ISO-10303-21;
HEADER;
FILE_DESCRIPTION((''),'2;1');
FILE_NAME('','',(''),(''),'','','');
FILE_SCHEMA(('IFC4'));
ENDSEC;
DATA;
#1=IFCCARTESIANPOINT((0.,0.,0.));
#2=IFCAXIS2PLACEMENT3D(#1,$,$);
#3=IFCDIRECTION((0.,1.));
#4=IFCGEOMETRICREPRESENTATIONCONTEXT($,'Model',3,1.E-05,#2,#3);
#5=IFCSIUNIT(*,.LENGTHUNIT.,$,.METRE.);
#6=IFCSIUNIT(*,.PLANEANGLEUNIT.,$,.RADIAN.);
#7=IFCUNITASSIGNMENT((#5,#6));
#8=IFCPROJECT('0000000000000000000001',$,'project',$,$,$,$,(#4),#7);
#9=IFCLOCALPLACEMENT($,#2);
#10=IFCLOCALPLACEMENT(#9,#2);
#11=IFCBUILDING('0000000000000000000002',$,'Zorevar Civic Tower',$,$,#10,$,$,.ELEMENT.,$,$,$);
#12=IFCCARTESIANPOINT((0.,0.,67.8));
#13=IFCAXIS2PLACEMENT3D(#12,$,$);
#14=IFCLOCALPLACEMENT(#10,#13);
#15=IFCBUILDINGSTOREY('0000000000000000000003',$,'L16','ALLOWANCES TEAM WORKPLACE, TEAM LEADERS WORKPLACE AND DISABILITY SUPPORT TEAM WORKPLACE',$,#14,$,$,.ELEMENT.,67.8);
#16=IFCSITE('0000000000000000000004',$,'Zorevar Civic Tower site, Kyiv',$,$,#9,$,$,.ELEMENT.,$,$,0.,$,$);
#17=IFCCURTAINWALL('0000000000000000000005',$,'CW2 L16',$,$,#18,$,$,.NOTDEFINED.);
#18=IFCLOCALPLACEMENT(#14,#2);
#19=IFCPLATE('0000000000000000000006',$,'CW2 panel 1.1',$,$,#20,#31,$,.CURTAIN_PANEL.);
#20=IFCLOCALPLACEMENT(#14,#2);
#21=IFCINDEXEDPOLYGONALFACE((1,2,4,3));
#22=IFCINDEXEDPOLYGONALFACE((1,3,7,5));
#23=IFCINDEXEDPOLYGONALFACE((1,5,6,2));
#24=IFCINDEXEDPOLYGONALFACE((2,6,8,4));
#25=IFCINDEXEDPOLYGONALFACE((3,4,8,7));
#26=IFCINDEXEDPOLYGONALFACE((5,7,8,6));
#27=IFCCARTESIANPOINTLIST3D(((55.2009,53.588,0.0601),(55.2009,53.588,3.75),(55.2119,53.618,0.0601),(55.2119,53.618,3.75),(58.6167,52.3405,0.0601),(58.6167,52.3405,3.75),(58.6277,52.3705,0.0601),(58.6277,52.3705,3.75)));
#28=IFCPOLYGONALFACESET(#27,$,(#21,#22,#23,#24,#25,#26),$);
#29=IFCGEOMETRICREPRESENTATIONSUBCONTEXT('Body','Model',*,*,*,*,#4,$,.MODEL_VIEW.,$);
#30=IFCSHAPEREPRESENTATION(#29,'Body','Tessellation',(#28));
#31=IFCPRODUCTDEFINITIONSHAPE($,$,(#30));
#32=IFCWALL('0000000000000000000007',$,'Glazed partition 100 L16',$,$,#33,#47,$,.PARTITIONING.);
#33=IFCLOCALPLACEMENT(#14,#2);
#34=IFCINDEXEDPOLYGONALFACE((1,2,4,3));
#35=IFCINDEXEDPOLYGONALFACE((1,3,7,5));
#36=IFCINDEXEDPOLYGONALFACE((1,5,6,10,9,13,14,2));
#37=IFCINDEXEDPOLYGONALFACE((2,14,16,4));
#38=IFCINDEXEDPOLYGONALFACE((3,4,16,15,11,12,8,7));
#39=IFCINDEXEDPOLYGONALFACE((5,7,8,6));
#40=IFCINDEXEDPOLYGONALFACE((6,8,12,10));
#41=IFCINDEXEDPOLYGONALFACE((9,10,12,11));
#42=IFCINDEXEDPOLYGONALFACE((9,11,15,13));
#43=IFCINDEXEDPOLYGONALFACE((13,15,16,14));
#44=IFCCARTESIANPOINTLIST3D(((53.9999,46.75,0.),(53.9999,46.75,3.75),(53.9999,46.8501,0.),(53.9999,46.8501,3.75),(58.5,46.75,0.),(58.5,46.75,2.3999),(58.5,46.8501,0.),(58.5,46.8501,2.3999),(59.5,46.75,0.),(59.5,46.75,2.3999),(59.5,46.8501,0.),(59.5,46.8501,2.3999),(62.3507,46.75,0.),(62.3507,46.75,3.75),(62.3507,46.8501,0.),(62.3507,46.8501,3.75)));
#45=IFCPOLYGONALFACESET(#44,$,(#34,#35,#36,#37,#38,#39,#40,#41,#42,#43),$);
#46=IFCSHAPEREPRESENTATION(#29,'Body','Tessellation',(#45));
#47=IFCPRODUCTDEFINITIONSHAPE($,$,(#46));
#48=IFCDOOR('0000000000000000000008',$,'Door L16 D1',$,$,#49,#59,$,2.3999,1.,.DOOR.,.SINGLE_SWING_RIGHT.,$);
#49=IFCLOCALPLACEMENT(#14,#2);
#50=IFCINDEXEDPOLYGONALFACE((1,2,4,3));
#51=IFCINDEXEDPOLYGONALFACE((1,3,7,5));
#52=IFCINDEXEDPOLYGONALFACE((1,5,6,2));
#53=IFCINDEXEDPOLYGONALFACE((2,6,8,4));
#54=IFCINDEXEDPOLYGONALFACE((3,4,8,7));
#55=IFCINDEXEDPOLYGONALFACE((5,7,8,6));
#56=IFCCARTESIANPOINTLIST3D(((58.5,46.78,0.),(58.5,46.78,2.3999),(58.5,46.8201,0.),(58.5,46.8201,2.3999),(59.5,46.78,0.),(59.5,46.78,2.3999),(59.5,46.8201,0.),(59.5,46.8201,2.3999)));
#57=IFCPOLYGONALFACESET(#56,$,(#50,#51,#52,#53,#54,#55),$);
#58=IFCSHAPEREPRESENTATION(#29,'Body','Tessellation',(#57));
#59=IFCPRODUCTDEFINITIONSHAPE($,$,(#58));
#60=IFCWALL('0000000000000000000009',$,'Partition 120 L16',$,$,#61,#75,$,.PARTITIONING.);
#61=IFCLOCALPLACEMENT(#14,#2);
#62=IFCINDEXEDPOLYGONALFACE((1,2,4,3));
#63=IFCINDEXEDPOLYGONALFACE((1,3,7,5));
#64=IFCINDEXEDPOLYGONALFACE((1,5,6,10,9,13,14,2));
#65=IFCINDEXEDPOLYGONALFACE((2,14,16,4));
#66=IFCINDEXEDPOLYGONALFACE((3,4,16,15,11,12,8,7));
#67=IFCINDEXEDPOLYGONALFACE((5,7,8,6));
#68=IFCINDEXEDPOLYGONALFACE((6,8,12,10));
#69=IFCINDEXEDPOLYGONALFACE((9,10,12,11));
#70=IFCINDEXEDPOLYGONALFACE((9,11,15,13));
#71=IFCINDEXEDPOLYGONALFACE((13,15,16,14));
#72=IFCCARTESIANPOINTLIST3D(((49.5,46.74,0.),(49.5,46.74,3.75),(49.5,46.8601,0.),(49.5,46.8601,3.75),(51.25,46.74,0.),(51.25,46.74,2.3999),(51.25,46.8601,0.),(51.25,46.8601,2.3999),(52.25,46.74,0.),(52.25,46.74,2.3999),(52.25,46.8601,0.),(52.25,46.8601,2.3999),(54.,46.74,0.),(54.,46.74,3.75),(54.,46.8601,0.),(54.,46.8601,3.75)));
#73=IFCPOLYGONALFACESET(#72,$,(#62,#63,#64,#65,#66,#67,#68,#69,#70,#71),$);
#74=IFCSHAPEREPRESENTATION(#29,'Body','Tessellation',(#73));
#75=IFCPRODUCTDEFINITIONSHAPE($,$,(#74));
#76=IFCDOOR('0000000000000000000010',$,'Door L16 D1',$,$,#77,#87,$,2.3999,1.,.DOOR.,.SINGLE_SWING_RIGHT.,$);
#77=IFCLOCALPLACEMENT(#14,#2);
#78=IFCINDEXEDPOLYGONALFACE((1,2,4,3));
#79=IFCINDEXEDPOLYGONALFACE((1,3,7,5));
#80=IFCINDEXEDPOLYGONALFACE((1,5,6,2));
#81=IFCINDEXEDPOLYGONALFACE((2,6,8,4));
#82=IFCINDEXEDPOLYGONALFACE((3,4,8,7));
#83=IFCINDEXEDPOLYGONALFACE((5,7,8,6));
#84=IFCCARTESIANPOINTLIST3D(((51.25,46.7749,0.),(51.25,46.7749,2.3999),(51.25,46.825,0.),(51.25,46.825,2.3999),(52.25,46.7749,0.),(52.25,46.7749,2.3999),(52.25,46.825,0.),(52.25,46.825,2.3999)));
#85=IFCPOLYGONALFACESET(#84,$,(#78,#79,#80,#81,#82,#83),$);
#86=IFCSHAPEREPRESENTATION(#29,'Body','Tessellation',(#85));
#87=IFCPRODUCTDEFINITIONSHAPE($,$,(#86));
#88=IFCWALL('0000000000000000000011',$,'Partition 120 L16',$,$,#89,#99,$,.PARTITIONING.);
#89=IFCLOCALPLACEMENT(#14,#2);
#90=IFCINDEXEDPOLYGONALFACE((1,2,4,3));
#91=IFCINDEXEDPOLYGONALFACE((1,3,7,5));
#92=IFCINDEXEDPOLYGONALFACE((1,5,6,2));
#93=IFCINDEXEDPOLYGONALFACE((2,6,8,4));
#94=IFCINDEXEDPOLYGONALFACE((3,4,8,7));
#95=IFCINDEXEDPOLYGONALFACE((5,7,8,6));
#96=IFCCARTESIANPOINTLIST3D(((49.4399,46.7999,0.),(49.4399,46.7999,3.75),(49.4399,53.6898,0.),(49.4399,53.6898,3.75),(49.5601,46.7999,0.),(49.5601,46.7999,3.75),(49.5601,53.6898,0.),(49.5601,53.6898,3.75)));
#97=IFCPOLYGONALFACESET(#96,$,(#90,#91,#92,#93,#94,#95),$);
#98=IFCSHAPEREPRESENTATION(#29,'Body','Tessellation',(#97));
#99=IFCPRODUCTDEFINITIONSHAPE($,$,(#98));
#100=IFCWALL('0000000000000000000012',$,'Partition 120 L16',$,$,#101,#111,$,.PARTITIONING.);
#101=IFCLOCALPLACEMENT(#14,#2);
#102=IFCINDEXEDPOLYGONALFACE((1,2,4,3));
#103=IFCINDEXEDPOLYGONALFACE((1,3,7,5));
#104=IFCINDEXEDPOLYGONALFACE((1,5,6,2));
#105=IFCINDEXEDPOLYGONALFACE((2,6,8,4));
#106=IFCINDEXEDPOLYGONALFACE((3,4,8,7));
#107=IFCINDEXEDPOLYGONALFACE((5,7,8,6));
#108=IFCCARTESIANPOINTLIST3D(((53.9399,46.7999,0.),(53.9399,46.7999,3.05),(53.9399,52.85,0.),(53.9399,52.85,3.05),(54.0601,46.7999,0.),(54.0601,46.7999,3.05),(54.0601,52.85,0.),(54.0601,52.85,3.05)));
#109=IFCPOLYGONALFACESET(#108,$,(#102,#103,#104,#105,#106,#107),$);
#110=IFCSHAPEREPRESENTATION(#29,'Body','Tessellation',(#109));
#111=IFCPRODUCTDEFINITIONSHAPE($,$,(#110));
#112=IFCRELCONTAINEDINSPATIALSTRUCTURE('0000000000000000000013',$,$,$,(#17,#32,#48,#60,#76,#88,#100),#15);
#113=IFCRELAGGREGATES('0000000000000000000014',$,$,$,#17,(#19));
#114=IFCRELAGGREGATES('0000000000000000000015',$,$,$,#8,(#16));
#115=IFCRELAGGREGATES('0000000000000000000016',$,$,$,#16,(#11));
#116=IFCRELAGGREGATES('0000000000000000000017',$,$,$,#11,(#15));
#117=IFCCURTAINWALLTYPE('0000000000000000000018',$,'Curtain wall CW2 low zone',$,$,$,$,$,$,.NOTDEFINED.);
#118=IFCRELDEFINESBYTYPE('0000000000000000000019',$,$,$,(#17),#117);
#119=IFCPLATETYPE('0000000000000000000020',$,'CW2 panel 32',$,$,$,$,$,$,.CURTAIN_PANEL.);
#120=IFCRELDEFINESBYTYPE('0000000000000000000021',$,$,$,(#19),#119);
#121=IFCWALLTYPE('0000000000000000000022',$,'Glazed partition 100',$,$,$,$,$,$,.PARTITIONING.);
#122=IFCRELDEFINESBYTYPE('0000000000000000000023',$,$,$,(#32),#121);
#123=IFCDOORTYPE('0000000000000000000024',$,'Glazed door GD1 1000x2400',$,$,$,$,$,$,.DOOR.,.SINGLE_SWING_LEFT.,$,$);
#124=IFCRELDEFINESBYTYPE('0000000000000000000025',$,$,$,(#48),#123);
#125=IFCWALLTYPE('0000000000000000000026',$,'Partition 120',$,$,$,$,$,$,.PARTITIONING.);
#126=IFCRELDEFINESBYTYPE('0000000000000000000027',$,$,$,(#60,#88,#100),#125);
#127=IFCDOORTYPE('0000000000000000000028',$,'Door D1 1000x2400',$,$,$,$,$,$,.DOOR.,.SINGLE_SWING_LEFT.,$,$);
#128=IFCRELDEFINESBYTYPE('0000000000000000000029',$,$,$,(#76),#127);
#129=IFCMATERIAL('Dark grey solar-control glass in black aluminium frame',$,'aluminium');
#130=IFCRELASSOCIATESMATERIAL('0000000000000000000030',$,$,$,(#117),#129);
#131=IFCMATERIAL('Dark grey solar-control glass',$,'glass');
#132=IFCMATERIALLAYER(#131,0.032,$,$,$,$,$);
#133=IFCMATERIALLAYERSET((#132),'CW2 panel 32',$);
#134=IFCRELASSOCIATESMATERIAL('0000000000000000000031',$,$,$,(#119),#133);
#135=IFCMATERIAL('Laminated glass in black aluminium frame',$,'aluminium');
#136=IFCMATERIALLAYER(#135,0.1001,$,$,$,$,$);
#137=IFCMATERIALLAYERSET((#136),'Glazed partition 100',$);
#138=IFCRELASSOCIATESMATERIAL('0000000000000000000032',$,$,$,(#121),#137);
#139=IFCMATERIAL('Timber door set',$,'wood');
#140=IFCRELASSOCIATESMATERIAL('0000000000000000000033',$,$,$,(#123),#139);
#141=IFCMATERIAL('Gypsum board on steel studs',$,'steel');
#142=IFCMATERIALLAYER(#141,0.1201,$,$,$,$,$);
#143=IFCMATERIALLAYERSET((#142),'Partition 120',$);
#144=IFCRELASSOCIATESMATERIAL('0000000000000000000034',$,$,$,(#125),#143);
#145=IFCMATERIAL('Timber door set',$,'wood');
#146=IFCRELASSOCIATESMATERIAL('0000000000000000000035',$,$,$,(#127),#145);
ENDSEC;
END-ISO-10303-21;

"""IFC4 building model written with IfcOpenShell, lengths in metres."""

from ifc_helpers import new_model, si_unit, direction, frame, frame_2d, origin, origin_2d, place, context, subcontext, project, spatial, rectangle, extrude, material, layer, layer_set, type_object, element, fill, aggregate, save


model = new_model("IFC4")

# Units and contexts
model_context = context("Model", 3, precision=1e-05, world=origin(), true_north=direction((0.0, 1.0)))
body_context = subcontext(model_context, "Body", "Model", "MODEL_VIEW")
ifc_project = project(units=[si_unit("LENGTHUNIT", "METRE"), si_unit("PLANEANGLEUNIT", "RADIAN")], contexts=[model_context])

# Site, building, storey
site_placement = place(None, origin())
site = spatial("IfcSite", under=ifc_project, at=site_placement, Name="Zorevar Civic Tower site, Kyiv", CompositionType="ELEMENT", RefElevation=0.0)
building_placement = place(site_placement, origin())
building = spatial("IfcBuilding", under=site, at=building_placement, Name="Zorevar Civic Tower", CompositionType="ELEMENT")
storey_placement = place(building_placement, frame((0.0, 0.0, 67.8)))
storey = spatial("IfcBuildingStorey", under=building, at=storey_placement, Name="L16", Description="ALLOWANCES TEAM WORKPLACE, TEAM LEADERS WORKPLACE AND DISABILITY SUPPORT TEAM WORKPLACE", CompositionType="ELEMENT", Elevation=67.8)

# Shared definitions
ifc_material_1 = material(Name="Dark grey solar-control glass in black aluminium frame", Category="aluminium")
curtain_wall_type = type_object("IfcCurtainWallType", Name="Curtain wall CW2 low zone", PredefinedType="NOTDEFINED", material=ifc_material_1)

# Curtain wall
curtain_wall_1_placement = place(storey_placement, origin())
curtain_wall_1 = element("IfcCurtainWall", 1, at=curtain_wall_1_placement, inside=storey, type_object=curtain_wall_type, Name="CW2 L16", PredefinedType="NOTDEFINED")

# Plate
ifc_material_2 = material(Name="Dark grey solar-control glass", Category="glass")
ifc_layer_1 = layer(ifc_material_2, 0.032)
ifc_layer_set_1 = layer_set([ifc_layer_1], Name="CW2 panel 32")
plate_type = type_object("IfcPlateType", Name="CW2 panel 32", PredefinedType="CURTAIN_PANEL", material=ifc_layer_set_1)
plate_1_placement = place(storey_placement, frame((56.9143, 52.9792, 0.0601), z_axis=(0.0, 0.0, 1.0), x_axis=(-0.939313, 0.34306, 0.0)))
plate_1 = element("IfcPlate", 2, at=plate_1_placement, type_object=plate_type, Name="CW2 panel 1.1", PredefinedType="CURTAIN_PANEL", context=body_context, shape_type="SweptSolid", body=[
    extrude(rectangle(XDim=3.6365, YDim=0.032, at=origin_2d()), origin(), (0.0, 0.0, 1.0), 3.6899),
])
aggregate(curtain_wall_1, [plate_1])

# Walls, openings, doors
ifc_material_3 = material(Name="Laminated glass in black aluminium frame", Category="aluminium")
ifc_layer_2 = layer(ifc_material_3, 0.1001)
ifc_layer_set_2 = layer_set([ifc_layer_2], Name="Glazed partition 100")
wall_type_1 = type_object("IfcWallType", Name="Glazed partition 100", PredefinedType="PARTITIONING", material=ifc_layer_set_2)
wall_1_placement = place(storey_placement, frame((54.0, 46.8, 0.0), z_axis=(0.0, 0.0, 1.0), x_axis=(1.0, 0.0, 0.0)))
wall_1 = element("IfcWall", 3, at=wall_1_placement, inside=storey, type_object=wall_type_1, Name="Glazed partition 100 L16", PredefinedType="PARTITIONING", context=body_context, shape_type="SweptSolid", body=[
    extrude(rectangle(XDim=8.3508, YDim=0.1001, at=frame_2d((4.1753, 0.0))), origin(), (0.0, 0.0, 1.0), 3.75),
])
opening_1_placement = place(wall_1_placement, frame((4.5, 0.0, 0.0)))
opening_1 = element("IfcOpeningElement", 4, at=opening_1_placement, cuts=wall_1, PredefinedType="OPENING", context=body_context, shape_type="SweptSolid", body=[
    extrude(rectangle(XDim=1.0, YDim=2.3999, at=frame_2d((0.5, 1.2))), frame((0.0, 0.0601, 0.0), z_axis=(0.0, -1.0, 0.0), x_axis=(1.0, 0.0, 0.0)), (0.0, 0.0, 1.0), 0.1201),
])
ifc_material_4 = material(Name="Timber door set", Category="wood")
door_type_1 = type_object("IfcDoorType", Name="Glazed door GD1 1000x2400", OperationType="SINGLE_SWING_LEFT", PredefinedType="DOOR", material=ifc_material_4)
door_1_placement = place(opening_1_placement, origin())
door_1 = element("IfcDoor", 5, at=door_1_placement, inside=storey, type_object=door_type_1, Name="Door L16 D1", OperationType="SINGLE_SWING_RIGHT", OverallHeight=2.3999, OverallWidth=1.0, PredefinedType="DOOR", context=body_context, shape_type="SweptSolid", body=[
    extrude(rectangle(XDim=1.0, YDim=2.3999, at=frame_2d((0.5, 1.2))), frame((0.0, 0.02, 0.0), z_axis=(0.0, -1.0, 0.0), x_axis=(1.0, 0.0, 0.0)), (0.0, 0.0, 1.0), 0.04),
])
fill(opening_1, door_1)
ifc_material_5 = material(Name="Gypsum board on steel studs", Category="steel")
ifc_layer_3 = layer(ifc_material_5, 0.1201)
ifc_layer_set_3 = layer_set([ifc_layer_3], Name="Partition 120")
wall_type_2 = type_object("IfcWallType", Name="Partition 120", PredefinedType="PARTITIONING", material=ifc_layer_set_3)
wall_2_placement = place(storey_placement, frame((49.5, 46.8, 0.0), z_axis=(0.0, 0.0, 1.0), x_axis=(1.0, 0.0, 0.0)))
wall_2 = element("IfcWall", 6, at=wall_2_placement, inside=storey, type_object=wall_type_2, Name="Partition 120 L16", PredefinedType="PARTITIONING", context=body_context, shape_type="SweptSolid", body=[
    extrude(rectangle(XDim=4.5, YDim=0.1201, at=frame_2d((2.25, 0.0))), origin(), (0.0, 0.0, 1.0), 3.75),
])
opening_2_placement = place(wall_2_placement, frame((1.75, 0.0, 0.0)))
opening_2 = element("IfcOpeningElement", 7, at=opening_2_placement, cuts=wall_2, PredefinedType="OPENING", context=body_context, shape_type="SweptSolid", body=[
    extrude(rectangle(XDim=1.0, YDim=2.3999, at=frame_2d((0.5, 1.2))), frame((0.0, 0.0701, 0.0), z_axis=(0.0, -1.0, 0.0), x_axis=(1.0, 0.0, 0.0)), (0.0, 0.0, 1.0), 0.1401),
])
ifc_material_6 = material(Name="Timber door set", Category="wood")
door_type_2 = type_object("IfcDoorType", Name="Door D1 1000x2400", OperationType="SINGLE_SWING_LEFT", PredefinedType="DOOR", material=ifc_material_6)
door_2_placement = place(opening_2_placement, origin())
door_2 = element("IfcDoor", 8, at=door_2_placement, inside=storey, type_object=door_type_2, Name="Door L16 D1", OperationType="SINGLE_SWING_RIGHT", OverallHeight=2.3999, OverallWidth=1.0, PredefinedType="DOOR", context=body_context, shape_type="SweptSolid", body=[
    extrude(rectangle(XDim=1.0, YDim=2.3999, at=frame_2d((0.5, 1.2))), frame((0.0, 0.0249, 0.0), z_axis=(0.0, -1.0, 0.0), x_axis=(1.0, 0.0, 0.0)), (0.0, 0.0, 1.0), 0.05),
])
fill(opening_2, door_2)

# Walls
wall_3_placement = place(storey_placement, frame((49.5, 46.8, 0.0), z_axis=(0.0, 0.0, 1.0), x_axis=(0.0, 1.0, 0.0)))
element("IfcWall", 9, at=wall_3_placement, inside=storey, type_object=wall_type_2, Name="Partition 120 L16", PredefinedType="PARTITIONING", context=body_context, shape_type="SweptSolid", body=[
    extrude(rectangle(XDim=6.8899, YDim=0.1201, at=frame_2d((3.4448, 0.0))), origin(), (0.0, 0.0, 1.0), 3.75),
])
wall_4_placement = place(storey_placement, frame((54.0, 46.8, 0.0), z_axis=(0.0, 0.0, 1.0), x_axis=(0.0, 1.0, 0.0)))
element("IfcWall", 10, at=wall_4_placement, inside=storey, type_object=wall_type_2, Name="Partition 120 L16", PredefinedType="PARTITIONING", context=body_context, shape_type="SweptSolid", body=[
    extrude(rectangle(XDim=6.05, YDim=0.1201, at=frame_2d((3.0249, 0.0))), origin(), (0.0, 0.0, 1.0), 3.05),
])

save(model, "model.ifc")
